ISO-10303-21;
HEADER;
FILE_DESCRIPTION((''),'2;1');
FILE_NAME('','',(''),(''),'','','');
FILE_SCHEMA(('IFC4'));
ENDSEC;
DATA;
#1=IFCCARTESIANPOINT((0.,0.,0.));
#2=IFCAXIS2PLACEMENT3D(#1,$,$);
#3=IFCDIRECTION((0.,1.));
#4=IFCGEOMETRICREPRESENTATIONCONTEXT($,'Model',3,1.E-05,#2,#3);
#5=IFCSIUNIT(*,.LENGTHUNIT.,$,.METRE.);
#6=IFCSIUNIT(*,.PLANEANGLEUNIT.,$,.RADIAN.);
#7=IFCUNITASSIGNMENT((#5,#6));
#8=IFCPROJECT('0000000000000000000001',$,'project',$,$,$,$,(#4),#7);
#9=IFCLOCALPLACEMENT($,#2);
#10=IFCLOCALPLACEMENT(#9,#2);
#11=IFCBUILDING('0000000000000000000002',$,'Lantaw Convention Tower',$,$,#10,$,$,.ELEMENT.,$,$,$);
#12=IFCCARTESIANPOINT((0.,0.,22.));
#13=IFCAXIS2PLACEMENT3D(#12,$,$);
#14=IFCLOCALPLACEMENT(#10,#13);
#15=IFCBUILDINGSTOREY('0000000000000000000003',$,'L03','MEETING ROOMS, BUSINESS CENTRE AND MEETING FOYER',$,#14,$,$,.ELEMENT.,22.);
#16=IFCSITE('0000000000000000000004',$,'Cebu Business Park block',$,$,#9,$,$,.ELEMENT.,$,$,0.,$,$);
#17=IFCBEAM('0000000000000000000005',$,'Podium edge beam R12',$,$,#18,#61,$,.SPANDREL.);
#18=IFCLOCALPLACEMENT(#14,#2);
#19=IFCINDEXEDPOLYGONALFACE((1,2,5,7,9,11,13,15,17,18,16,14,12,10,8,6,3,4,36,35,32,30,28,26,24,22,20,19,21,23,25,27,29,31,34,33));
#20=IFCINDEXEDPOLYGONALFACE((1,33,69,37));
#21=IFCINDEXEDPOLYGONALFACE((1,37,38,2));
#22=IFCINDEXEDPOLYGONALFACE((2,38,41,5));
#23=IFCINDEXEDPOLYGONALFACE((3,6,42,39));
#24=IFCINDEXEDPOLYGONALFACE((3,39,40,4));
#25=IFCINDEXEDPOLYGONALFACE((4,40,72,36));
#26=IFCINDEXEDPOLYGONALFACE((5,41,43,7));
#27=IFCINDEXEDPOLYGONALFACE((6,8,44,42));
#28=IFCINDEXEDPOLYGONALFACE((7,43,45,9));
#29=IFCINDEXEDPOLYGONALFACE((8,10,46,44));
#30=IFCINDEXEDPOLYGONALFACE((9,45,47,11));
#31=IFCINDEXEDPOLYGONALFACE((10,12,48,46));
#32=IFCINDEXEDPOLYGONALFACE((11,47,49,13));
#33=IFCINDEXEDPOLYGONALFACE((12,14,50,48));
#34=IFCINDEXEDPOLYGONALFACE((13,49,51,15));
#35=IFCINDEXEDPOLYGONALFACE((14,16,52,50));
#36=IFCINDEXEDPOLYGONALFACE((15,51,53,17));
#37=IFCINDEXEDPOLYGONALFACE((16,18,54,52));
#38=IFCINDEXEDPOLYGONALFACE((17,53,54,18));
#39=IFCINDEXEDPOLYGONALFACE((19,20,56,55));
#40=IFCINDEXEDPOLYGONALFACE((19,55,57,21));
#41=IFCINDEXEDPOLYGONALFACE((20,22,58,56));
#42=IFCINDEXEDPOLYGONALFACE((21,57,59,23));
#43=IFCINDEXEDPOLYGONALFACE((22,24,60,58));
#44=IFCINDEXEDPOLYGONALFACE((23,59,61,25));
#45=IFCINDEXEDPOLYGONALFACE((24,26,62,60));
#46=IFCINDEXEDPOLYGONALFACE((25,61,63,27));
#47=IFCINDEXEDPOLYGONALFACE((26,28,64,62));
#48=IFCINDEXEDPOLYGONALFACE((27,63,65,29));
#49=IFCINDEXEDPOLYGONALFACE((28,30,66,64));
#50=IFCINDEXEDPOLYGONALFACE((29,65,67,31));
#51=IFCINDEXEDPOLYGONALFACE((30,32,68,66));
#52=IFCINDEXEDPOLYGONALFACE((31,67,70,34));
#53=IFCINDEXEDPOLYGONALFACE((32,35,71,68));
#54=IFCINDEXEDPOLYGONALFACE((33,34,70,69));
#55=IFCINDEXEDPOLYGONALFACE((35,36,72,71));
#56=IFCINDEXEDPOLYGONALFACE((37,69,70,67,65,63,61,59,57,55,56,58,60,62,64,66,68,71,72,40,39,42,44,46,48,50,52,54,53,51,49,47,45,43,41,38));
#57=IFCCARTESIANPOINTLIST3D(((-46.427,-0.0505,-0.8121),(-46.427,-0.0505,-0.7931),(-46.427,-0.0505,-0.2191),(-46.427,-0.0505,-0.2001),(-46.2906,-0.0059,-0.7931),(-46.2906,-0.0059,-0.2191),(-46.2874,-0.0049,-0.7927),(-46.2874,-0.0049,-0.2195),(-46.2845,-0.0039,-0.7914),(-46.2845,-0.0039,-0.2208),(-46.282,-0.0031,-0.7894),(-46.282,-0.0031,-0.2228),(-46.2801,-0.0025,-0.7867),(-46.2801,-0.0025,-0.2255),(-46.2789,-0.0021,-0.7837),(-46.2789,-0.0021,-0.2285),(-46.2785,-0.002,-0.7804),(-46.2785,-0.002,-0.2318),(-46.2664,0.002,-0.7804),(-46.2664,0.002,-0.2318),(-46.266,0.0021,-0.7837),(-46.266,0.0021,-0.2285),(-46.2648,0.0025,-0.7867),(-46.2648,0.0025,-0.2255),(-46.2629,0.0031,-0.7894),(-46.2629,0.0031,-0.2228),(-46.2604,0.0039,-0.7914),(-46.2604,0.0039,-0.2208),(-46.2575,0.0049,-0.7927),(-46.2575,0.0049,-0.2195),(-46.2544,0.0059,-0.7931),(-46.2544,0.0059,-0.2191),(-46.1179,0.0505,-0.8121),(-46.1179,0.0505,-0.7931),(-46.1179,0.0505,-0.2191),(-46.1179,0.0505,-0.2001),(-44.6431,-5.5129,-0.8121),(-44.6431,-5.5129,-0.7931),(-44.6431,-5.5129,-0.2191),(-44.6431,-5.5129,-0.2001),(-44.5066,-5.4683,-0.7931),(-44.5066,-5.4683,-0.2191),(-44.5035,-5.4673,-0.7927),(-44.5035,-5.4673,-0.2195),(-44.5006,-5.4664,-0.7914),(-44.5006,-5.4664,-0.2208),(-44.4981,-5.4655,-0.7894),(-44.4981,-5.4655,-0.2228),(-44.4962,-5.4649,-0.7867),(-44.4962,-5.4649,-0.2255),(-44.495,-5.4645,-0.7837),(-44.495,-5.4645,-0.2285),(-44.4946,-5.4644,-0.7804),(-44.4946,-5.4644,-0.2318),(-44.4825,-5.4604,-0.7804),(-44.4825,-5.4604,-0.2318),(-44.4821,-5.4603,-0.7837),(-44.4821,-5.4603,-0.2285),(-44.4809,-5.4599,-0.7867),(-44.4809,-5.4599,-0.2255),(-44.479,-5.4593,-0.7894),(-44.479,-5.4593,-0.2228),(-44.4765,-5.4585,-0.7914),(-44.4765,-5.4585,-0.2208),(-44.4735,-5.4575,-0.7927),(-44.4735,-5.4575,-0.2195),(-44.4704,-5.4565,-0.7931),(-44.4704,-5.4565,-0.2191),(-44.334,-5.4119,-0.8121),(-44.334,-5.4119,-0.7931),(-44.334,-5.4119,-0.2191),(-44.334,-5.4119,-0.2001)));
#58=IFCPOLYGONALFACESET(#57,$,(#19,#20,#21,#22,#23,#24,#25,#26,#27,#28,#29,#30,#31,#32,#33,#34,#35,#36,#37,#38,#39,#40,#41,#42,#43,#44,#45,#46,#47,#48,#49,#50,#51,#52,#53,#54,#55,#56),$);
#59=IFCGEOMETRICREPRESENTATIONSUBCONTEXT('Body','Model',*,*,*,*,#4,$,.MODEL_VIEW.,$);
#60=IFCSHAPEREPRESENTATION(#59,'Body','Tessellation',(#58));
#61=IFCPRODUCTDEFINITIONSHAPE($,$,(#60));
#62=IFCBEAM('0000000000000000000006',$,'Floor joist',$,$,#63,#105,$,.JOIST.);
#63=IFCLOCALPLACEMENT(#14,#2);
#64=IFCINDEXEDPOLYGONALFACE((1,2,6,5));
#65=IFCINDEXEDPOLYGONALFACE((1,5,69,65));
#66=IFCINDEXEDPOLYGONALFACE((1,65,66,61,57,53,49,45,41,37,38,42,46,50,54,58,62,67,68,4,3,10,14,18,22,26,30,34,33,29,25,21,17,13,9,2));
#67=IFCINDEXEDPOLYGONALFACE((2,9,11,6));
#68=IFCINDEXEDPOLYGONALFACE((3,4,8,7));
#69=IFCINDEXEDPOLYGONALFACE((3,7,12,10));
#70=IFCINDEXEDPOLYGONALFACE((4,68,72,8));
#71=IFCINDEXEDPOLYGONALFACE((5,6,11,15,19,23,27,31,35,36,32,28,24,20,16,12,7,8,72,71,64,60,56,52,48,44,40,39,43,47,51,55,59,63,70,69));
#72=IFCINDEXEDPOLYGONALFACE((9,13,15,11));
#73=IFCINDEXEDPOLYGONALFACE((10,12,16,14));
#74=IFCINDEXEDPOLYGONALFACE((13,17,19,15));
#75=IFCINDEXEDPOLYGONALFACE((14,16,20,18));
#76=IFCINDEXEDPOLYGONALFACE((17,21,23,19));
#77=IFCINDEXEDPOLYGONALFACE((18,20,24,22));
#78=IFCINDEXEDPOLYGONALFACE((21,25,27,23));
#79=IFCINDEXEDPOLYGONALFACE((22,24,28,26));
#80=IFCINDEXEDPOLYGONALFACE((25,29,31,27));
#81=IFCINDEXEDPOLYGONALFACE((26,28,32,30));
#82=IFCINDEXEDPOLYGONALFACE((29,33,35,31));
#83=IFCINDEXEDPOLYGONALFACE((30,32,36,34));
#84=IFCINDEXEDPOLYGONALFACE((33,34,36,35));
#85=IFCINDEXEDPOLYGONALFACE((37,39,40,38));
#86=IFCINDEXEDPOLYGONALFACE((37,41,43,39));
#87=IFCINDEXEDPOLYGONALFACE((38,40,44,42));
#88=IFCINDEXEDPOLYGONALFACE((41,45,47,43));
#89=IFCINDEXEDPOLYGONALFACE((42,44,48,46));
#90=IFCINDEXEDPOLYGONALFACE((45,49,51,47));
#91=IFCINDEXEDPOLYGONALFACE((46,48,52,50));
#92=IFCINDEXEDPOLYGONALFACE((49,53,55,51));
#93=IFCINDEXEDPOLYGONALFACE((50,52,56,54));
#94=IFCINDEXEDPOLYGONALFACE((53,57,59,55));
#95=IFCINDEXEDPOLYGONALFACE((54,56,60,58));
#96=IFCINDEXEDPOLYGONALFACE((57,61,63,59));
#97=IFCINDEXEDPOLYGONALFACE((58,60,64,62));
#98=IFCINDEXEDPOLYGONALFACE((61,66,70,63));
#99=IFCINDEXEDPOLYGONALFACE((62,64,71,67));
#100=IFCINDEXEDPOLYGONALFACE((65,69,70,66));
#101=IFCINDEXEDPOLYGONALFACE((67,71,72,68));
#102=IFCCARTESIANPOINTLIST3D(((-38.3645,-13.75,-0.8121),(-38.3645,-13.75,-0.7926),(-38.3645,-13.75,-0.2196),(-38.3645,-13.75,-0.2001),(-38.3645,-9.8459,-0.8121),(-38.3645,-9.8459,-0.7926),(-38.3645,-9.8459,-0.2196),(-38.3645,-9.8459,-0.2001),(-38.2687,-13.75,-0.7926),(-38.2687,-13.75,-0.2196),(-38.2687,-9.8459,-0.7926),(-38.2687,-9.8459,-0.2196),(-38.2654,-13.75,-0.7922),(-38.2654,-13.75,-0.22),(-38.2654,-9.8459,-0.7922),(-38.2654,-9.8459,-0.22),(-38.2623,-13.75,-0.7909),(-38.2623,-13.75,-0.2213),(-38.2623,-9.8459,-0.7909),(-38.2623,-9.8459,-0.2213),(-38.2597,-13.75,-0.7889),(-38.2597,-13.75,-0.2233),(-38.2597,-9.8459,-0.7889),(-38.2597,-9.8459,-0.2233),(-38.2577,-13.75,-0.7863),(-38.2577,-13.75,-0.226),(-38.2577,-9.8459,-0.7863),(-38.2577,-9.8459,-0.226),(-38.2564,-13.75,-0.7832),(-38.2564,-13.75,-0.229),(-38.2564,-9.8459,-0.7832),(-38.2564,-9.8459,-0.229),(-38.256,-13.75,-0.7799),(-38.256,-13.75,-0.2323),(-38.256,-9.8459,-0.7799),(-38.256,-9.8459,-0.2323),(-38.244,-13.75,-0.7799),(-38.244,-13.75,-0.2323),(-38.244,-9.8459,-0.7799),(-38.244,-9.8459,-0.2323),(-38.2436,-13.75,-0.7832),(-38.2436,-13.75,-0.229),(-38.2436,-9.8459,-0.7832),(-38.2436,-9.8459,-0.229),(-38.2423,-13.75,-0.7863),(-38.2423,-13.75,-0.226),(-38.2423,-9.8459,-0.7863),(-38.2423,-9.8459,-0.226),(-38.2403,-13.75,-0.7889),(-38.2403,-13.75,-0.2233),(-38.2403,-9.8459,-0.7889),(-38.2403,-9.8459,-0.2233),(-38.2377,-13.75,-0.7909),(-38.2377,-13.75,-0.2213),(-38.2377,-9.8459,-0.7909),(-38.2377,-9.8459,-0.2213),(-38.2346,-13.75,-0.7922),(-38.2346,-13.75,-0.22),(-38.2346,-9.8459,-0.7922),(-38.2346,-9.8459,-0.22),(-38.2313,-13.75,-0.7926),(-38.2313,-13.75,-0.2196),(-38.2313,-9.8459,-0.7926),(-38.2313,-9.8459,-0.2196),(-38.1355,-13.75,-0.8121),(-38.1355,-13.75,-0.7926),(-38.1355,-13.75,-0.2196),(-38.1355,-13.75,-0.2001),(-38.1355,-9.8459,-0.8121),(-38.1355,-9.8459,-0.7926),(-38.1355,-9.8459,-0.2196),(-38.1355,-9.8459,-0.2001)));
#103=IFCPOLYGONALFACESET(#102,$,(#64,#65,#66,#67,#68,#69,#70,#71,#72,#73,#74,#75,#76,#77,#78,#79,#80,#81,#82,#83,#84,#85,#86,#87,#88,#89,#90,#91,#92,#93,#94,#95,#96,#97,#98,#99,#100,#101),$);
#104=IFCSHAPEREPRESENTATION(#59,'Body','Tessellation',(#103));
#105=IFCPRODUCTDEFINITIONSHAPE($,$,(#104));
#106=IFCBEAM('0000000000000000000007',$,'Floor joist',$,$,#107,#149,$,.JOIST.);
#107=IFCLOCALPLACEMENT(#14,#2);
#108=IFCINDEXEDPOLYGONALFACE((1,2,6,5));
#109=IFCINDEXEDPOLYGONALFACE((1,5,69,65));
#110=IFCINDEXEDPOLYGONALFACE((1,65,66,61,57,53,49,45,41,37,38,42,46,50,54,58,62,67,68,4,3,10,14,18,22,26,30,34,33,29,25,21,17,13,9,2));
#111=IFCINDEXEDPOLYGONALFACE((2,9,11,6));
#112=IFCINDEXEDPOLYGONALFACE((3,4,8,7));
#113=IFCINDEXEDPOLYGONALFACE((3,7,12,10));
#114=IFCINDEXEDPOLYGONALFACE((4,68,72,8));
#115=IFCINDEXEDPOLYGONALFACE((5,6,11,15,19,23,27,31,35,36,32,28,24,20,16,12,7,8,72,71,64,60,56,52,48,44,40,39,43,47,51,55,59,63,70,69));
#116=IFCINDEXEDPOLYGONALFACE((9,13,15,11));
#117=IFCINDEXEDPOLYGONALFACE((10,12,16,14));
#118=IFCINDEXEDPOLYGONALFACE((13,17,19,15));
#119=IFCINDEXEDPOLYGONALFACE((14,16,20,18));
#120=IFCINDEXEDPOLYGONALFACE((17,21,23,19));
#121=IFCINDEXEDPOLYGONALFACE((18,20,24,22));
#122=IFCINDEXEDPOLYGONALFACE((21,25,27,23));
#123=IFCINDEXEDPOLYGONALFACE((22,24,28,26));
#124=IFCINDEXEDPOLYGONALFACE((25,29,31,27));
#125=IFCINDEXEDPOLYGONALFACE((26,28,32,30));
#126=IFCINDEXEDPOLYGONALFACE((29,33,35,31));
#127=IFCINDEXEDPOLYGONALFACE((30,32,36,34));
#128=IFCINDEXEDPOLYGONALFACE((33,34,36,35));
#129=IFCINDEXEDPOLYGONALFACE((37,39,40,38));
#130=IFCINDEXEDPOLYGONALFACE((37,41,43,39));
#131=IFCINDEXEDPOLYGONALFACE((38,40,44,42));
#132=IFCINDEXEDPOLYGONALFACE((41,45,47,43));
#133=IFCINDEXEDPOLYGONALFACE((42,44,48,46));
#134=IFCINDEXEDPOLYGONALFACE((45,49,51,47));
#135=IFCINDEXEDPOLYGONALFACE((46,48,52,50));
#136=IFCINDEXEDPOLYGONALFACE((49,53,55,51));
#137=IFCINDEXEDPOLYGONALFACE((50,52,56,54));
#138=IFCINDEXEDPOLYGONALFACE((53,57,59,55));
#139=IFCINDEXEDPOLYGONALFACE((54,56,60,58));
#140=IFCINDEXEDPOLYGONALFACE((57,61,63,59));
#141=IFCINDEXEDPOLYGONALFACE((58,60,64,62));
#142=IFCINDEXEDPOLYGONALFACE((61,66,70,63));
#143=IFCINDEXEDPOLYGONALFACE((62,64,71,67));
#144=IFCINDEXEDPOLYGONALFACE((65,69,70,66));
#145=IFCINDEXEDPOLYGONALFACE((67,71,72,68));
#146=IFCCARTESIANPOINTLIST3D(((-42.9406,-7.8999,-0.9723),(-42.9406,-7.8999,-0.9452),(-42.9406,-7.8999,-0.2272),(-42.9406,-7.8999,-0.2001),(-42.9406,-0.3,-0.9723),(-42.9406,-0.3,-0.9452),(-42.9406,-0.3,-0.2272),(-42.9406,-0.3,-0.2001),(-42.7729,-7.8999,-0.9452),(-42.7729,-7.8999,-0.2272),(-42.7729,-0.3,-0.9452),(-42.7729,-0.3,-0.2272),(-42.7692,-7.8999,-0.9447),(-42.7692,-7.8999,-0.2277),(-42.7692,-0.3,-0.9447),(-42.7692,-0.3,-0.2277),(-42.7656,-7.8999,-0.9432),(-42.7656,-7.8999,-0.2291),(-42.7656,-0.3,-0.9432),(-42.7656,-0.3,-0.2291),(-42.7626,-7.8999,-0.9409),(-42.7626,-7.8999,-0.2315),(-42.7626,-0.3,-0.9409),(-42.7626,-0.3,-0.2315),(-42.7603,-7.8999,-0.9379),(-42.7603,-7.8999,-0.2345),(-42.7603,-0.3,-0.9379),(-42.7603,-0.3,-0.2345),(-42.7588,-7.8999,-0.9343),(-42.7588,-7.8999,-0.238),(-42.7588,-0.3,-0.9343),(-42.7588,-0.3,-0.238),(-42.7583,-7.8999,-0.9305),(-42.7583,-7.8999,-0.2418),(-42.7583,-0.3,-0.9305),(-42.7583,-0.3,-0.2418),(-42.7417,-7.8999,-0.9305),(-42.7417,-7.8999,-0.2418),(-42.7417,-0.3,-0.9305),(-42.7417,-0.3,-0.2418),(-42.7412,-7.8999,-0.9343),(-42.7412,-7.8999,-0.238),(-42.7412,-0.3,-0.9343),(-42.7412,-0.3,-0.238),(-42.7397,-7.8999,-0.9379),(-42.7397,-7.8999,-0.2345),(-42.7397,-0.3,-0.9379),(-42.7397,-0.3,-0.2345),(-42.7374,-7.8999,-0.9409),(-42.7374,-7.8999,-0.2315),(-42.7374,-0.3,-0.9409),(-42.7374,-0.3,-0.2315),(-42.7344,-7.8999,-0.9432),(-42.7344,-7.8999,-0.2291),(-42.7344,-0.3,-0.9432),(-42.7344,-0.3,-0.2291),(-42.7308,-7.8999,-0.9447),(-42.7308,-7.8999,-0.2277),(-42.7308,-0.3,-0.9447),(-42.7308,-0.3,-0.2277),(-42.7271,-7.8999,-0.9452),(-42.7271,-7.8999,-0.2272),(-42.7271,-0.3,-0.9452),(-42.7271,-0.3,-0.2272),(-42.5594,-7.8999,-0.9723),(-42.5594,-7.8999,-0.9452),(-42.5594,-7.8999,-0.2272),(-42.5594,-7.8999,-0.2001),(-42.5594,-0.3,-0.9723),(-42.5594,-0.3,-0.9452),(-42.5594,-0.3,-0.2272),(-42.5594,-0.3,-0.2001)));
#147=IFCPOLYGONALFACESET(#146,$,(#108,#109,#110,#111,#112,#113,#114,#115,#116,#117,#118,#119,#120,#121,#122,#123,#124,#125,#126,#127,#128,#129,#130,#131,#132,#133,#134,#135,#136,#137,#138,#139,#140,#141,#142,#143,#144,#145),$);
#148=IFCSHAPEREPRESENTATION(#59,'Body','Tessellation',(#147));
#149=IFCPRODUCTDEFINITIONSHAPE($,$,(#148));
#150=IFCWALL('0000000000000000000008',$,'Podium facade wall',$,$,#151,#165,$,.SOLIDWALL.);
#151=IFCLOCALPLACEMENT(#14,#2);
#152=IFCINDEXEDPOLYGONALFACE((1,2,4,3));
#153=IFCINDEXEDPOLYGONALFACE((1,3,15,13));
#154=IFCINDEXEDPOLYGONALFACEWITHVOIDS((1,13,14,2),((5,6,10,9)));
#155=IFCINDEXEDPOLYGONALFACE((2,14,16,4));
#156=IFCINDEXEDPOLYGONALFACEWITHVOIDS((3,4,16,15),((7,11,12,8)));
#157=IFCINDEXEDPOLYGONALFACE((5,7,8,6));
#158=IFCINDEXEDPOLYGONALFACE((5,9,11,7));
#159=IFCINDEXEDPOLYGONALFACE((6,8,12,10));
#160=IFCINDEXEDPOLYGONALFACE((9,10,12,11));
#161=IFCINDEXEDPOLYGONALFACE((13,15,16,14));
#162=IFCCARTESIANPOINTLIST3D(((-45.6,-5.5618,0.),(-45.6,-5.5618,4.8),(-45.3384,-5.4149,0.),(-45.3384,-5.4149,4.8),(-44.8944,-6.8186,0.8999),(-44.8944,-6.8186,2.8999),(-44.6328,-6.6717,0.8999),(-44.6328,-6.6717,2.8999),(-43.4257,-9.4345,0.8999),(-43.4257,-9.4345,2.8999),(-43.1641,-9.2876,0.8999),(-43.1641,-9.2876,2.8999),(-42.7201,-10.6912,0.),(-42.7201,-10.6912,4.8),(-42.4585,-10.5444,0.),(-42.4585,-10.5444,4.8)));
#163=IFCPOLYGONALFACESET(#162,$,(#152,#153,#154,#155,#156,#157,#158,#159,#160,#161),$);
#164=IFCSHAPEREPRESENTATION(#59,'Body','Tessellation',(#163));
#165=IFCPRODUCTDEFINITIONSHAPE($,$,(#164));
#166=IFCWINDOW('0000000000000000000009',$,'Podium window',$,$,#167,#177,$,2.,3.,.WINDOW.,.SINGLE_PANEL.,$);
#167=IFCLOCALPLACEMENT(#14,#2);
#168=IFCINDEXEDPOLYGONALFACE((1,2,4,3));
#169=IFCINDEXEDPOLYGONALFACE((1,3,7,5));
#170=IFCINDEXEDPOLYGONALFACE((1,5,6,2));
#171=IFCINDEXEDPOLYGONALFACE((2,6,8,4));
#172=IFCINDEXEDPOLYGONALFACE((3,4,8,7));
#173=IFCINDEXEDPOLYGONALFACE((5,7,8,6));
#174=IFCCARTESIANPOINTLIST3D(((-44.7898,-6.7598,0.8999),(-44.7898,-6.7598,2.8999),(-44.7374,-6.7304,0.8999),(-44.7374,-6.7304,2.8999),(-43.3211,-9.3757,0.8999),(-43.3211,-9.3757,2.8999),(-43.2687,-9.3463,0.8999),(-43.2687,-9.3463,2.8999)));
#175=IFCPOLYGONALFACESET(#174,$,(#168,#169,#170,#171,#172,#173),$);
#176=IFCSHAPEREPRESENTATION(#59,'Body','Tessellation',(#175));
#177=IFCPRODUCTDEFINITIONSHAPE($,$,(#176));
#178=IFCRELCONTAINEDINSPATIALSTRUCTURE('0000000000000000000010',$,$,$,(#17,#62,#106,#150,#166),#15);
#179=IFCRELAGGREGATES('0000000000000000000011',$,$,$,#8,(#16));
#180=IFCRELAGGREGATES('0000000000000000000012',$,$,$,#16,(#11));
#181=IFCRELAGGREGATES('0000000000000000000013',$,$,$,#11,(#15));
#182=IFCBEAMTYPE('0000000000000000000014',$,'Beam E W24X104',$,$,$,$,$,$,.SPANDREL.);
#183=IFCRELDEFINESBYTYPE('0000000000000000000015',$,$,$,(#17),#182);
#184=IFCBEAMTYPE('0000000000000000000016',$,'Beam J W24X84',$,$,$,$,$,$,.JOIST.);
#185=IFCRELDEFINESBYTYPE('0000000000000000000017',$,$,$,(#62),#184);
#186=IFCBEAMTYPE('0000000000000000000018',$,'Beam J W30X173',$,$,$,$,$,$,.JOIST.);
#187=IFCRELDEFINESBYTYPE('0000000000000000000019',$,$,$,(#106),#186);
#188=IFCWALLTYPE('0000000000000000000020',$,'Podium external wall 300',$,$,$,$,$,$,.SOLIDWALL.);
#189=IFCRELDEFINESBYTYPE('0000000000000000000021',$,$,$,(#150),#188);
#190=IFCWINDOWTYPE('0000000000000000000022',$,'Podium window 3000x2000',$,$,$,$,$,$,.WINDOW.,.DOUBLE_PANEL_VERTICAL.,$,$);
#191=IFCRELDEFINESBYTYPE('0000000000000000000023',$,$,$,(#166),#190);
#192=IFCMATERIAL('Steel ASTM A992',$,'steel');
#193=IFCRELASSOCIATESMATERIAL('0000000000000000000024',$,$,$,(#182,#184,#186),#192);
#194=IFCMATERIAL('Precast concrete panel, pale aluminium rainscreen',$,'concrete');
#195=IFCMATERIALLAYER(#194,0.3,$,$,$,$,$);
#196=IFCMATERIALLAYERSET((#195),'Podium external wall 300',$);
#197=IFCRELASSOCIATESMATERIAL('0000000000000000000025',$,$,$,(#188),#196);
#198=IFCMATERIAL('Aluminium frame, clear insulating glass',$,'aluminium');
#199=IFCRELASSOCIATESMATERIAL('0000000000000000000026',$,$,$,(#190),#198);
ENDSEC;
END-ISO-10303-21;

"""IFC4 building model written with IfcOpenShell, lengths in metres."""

from ifc_helpers import new_model, si_unit, direction, frame, frame_2d, origin, origin_2d, place, context, subcontext, project, spatial, rectangle, i_section, extrude, material, layer, layer_set, material_profile, profile_set, type_object, element, fill, save


model = new_model("IFC4")

# Units and contexts
model_context = context("Model", 3, precision=1e-05, world=origin(), true_north=direction((0.0, 1.0)))
body_context = subcontext(model_context, "Body", "Model", "MODEL_VIEW")
ifc_project = project(units=[si_unit("LENGTHUNIT", "METRE"), si_unit("PLANEANGLEUNIT", "RADIAN")], contexts=[model_context])

# Site, building, storey
site_placement = place(None, origin())
site = spatial("IfcSite", under=ifc_project, at=site_placement, Name="Cebu Business Park block", CompositionType="ELEMENT", RefElevation=0.0)
building_placement = place(site_placement, origin())
building = spatial("IfcBuilding", under=site, at=building_placement, Name="Lantaw Convention Tower", CompositionType="ELEMENT")
storey_placement = place(building_placement, frame((0.0, 0.0, 22.0)))
storey = spatial("IfcBuildingStorey", under=building, at=storey_placement, Name="L03", Description="MEETING ROOMS, BUSINESS CENTRE AND MEETING FOYER", CompositionType="ELEMENT", Elevation=22.0)

# Beams
ifc_material_1 = material(Name="Steel ASTM A992", Category="steel")
ifc_material_profile_1 = material_profile(ifc_material_1, i_section(OverallWidth=0.3252, OverallDepth=0.6121, WebThickness=0.0127, FlangeThickness=0.019, FilletRadius=0.0127, at=origin_2d()), Name="W24X104")
ifc_profile_set_1 = profile_set([ifc_material_profile_1], Name="Steel ASTM A992")
beam_type_1 = type_object("IfcBeamType", Name="Beam E W24X104", PredefinedType="SPANDREL", material=ifc_profile_set_1)
beam_1_placement = place(storey_placement, frame((-46.2725, 0.0, -0.5061), z_axis=(0.310448, -0.95059, 0.0), x_axis=(0.95059, 0.310448, 0.0)))
element("IfcBeam", 1, at=beam_1_placement, inside=storey, type_object=beam_type_1, Name="Podium edge beam R12", PredefinedType="SPANDREL", context=body_context, shape_type="SweptSolid", body=[
    extrude(i_section(OverallWidth=0.3252, OverallDepth=0.6121, WebThickness=0.0127, FlangeThickness=0.019, FilletRadius=0.0127, at=origin_2d()), origin(), (0.0, 0.0, 1.0), 5.7463),
])
ifc_material_profile_2 = material_profile(ifc_material_1, i_section(OverallWidth=0.229, OverallDepth=0.6121, WebThickness=0.012, FlangeThickness=0.0195, FilletRadius=0.0127, at=origin_2d()), Name="W24X84")
ifc_profile_set_2 = profile_set([ifc_material_profile_2], Name="Steel ASTM A992")
beam_type_2 = type_object("IfcBeamType", Name="Beam J W24X84", PredefinedType="JOIST", material=ifc_profile_set_2)
beam_2_placement = place(storey_placement, frame((-38.25, -13.75, -0.5061), z_axis=(0.0, 1.0, 0.0), x_axis=(-1.0, 0.0, 0.0)))
element("IfcBeam", 2, at=beam_2_placement, inside=storey, type_object=beam_type_2, Name="Floor joist", PredefinedType="JOIST", context=body_context, shape_type="SweptSolid", body=[
    extrude(i_section(OverallWidth=0.229, OverallDepth=0.6121, WebThickness=0.012, FlangeThickness=0.0195, FilletRadius=0.0127, at=origin_2d()), origin(), (0.0, 0.0, 1.0), 3.9041),
])
ifc_material_profile_3 = material_profile(ifc_material_1, i_section(OverallWidth=0.3811, OverallDepth=0.7722, WebThickness=0.0166, FlangeThickness=0.0271, FilletRadius=0.0146, at=origin_2d()), Name="W30X173")
ifc_profile_set_3 = profile_set([ifc_material_profile_3], Name="Steel ASTM A992")
beam_type_3 = type_object("IfcBeamType", Name="Beam J W30X173", PredefinedType="JOIST", material=ifc_profile_set_3)
beam_3_placement = place(storey_placement, frame((-42.75, -7.8999, -0.5862), z_axis=(0.0, 1.0, 0.0), x_axis=(-1.0, 0.0, 0.0)))
element("IfcBeam", 3, at=beam_3_placement, inside=storey, type_object=beam_type_3, Name="Floor joist", PredefinedType="JOIST", context=body_context, shape_type="SweptSolid", body=[
    extrude(i_section(OverallWidth=0.3811, OverallDepth=0.7722, WebThickness=0.0166, FlangeThickness=0.0271, FilletRadius=0.0146, at=origin_2d()), origin(), (0.0, 0.0, 1.0), 7.5999),
])

# Wall, opening, window
ifc_material_2 = material(Name="Precast concrete panel, pale aluminium rainscreen", Category="concrete")
ifc_layer_1 = layer(ifc_material_2, 0.3)
ifc_layer_set_1 = layer_set([ifc_layer_1], Name="Podium external wall 300")
wall_type_1 = type_object("IfcWallType", Name="Podium external wall 300", PredefinedType="SOLIDWALL", material=ifc_layer_set_1)
wall_1_placement = place(storey_placement, frame((-45.4692, -5.4883, 0.0), z_axis=(0.0, 0.0, 1.0), x_axis=(0.489564, -0.871968, 0.0)))
wall_1 = element("IfcWall", 4, at=wall_1_placement, inside=storey, type_object=wall_type_1, Name="Podium facade wall", PredefinedType="SOLIDWALL", context=body_context, shape_type="SweptSolid", body=[
    extrude(rectangle(XDim=5.8826, YDim=0.3, at=frame_2d((2.9414, 0.0))), origin(), (0.0, 0.0, 1.0), 4.8),
])
opening_1_placement = place(wall_1_placement, frame((1.4414, 0.0, 0.8999)))
opening_1 = element("IfcOpeningElement", 5, at=opening_1_placement, cuts=wall_1, PredefinedType="OPENING", context=body_context, shape_type="SweptSolid", body=[
    extrude(rectangle(XDim=3.0, YDim=2.0, at=frame_2d((1.5, 1.0))), frame((0.0, 0.1599, 0.0), z_axis=(0.0, -1.0, 0.0), x_axis=(1.0, 0.0, 0.0)), (0.0, 0.0, 1.0), 0.3201),
])
ifc_material_3 = material(Name="Aluminium frame, clear insulating glass", Category="aluminium")
window_type = type_object("IfcWindowType", Name="Podium window 3000x2000", PartitioningType="DOUBLE_PANEL_VERTICAL", PredefinedType="WINDOW", material=ifc_material_3)
window_1_placement = place(opening_1_placement, origin())
window_1 = element("IfcWindow", 6, at=window_1_placement, inside=storey, type_object=window_type, Name="Podium window", OverallHeight=2.0, OverallWidth=3.0, PartitioningType="SINGLE_PANEL", PredefinedType="WINDOW", context=body_context, shape_type="SweptSolid", body=[
    extrude(rectangle(XDim=3.0, YDim=2.0, at=frame_2d((1.5, 1.0))), frame((0.0, 0.03, 0.0), z_axis=(0.0, -1.0, 0.0), x_axis=(1.0, 0.0, 0.0)), (0.0, 0.0, 1.0), 0.0601),
])
fill(opening_1, window_1)

save(model, "model.ifc")
